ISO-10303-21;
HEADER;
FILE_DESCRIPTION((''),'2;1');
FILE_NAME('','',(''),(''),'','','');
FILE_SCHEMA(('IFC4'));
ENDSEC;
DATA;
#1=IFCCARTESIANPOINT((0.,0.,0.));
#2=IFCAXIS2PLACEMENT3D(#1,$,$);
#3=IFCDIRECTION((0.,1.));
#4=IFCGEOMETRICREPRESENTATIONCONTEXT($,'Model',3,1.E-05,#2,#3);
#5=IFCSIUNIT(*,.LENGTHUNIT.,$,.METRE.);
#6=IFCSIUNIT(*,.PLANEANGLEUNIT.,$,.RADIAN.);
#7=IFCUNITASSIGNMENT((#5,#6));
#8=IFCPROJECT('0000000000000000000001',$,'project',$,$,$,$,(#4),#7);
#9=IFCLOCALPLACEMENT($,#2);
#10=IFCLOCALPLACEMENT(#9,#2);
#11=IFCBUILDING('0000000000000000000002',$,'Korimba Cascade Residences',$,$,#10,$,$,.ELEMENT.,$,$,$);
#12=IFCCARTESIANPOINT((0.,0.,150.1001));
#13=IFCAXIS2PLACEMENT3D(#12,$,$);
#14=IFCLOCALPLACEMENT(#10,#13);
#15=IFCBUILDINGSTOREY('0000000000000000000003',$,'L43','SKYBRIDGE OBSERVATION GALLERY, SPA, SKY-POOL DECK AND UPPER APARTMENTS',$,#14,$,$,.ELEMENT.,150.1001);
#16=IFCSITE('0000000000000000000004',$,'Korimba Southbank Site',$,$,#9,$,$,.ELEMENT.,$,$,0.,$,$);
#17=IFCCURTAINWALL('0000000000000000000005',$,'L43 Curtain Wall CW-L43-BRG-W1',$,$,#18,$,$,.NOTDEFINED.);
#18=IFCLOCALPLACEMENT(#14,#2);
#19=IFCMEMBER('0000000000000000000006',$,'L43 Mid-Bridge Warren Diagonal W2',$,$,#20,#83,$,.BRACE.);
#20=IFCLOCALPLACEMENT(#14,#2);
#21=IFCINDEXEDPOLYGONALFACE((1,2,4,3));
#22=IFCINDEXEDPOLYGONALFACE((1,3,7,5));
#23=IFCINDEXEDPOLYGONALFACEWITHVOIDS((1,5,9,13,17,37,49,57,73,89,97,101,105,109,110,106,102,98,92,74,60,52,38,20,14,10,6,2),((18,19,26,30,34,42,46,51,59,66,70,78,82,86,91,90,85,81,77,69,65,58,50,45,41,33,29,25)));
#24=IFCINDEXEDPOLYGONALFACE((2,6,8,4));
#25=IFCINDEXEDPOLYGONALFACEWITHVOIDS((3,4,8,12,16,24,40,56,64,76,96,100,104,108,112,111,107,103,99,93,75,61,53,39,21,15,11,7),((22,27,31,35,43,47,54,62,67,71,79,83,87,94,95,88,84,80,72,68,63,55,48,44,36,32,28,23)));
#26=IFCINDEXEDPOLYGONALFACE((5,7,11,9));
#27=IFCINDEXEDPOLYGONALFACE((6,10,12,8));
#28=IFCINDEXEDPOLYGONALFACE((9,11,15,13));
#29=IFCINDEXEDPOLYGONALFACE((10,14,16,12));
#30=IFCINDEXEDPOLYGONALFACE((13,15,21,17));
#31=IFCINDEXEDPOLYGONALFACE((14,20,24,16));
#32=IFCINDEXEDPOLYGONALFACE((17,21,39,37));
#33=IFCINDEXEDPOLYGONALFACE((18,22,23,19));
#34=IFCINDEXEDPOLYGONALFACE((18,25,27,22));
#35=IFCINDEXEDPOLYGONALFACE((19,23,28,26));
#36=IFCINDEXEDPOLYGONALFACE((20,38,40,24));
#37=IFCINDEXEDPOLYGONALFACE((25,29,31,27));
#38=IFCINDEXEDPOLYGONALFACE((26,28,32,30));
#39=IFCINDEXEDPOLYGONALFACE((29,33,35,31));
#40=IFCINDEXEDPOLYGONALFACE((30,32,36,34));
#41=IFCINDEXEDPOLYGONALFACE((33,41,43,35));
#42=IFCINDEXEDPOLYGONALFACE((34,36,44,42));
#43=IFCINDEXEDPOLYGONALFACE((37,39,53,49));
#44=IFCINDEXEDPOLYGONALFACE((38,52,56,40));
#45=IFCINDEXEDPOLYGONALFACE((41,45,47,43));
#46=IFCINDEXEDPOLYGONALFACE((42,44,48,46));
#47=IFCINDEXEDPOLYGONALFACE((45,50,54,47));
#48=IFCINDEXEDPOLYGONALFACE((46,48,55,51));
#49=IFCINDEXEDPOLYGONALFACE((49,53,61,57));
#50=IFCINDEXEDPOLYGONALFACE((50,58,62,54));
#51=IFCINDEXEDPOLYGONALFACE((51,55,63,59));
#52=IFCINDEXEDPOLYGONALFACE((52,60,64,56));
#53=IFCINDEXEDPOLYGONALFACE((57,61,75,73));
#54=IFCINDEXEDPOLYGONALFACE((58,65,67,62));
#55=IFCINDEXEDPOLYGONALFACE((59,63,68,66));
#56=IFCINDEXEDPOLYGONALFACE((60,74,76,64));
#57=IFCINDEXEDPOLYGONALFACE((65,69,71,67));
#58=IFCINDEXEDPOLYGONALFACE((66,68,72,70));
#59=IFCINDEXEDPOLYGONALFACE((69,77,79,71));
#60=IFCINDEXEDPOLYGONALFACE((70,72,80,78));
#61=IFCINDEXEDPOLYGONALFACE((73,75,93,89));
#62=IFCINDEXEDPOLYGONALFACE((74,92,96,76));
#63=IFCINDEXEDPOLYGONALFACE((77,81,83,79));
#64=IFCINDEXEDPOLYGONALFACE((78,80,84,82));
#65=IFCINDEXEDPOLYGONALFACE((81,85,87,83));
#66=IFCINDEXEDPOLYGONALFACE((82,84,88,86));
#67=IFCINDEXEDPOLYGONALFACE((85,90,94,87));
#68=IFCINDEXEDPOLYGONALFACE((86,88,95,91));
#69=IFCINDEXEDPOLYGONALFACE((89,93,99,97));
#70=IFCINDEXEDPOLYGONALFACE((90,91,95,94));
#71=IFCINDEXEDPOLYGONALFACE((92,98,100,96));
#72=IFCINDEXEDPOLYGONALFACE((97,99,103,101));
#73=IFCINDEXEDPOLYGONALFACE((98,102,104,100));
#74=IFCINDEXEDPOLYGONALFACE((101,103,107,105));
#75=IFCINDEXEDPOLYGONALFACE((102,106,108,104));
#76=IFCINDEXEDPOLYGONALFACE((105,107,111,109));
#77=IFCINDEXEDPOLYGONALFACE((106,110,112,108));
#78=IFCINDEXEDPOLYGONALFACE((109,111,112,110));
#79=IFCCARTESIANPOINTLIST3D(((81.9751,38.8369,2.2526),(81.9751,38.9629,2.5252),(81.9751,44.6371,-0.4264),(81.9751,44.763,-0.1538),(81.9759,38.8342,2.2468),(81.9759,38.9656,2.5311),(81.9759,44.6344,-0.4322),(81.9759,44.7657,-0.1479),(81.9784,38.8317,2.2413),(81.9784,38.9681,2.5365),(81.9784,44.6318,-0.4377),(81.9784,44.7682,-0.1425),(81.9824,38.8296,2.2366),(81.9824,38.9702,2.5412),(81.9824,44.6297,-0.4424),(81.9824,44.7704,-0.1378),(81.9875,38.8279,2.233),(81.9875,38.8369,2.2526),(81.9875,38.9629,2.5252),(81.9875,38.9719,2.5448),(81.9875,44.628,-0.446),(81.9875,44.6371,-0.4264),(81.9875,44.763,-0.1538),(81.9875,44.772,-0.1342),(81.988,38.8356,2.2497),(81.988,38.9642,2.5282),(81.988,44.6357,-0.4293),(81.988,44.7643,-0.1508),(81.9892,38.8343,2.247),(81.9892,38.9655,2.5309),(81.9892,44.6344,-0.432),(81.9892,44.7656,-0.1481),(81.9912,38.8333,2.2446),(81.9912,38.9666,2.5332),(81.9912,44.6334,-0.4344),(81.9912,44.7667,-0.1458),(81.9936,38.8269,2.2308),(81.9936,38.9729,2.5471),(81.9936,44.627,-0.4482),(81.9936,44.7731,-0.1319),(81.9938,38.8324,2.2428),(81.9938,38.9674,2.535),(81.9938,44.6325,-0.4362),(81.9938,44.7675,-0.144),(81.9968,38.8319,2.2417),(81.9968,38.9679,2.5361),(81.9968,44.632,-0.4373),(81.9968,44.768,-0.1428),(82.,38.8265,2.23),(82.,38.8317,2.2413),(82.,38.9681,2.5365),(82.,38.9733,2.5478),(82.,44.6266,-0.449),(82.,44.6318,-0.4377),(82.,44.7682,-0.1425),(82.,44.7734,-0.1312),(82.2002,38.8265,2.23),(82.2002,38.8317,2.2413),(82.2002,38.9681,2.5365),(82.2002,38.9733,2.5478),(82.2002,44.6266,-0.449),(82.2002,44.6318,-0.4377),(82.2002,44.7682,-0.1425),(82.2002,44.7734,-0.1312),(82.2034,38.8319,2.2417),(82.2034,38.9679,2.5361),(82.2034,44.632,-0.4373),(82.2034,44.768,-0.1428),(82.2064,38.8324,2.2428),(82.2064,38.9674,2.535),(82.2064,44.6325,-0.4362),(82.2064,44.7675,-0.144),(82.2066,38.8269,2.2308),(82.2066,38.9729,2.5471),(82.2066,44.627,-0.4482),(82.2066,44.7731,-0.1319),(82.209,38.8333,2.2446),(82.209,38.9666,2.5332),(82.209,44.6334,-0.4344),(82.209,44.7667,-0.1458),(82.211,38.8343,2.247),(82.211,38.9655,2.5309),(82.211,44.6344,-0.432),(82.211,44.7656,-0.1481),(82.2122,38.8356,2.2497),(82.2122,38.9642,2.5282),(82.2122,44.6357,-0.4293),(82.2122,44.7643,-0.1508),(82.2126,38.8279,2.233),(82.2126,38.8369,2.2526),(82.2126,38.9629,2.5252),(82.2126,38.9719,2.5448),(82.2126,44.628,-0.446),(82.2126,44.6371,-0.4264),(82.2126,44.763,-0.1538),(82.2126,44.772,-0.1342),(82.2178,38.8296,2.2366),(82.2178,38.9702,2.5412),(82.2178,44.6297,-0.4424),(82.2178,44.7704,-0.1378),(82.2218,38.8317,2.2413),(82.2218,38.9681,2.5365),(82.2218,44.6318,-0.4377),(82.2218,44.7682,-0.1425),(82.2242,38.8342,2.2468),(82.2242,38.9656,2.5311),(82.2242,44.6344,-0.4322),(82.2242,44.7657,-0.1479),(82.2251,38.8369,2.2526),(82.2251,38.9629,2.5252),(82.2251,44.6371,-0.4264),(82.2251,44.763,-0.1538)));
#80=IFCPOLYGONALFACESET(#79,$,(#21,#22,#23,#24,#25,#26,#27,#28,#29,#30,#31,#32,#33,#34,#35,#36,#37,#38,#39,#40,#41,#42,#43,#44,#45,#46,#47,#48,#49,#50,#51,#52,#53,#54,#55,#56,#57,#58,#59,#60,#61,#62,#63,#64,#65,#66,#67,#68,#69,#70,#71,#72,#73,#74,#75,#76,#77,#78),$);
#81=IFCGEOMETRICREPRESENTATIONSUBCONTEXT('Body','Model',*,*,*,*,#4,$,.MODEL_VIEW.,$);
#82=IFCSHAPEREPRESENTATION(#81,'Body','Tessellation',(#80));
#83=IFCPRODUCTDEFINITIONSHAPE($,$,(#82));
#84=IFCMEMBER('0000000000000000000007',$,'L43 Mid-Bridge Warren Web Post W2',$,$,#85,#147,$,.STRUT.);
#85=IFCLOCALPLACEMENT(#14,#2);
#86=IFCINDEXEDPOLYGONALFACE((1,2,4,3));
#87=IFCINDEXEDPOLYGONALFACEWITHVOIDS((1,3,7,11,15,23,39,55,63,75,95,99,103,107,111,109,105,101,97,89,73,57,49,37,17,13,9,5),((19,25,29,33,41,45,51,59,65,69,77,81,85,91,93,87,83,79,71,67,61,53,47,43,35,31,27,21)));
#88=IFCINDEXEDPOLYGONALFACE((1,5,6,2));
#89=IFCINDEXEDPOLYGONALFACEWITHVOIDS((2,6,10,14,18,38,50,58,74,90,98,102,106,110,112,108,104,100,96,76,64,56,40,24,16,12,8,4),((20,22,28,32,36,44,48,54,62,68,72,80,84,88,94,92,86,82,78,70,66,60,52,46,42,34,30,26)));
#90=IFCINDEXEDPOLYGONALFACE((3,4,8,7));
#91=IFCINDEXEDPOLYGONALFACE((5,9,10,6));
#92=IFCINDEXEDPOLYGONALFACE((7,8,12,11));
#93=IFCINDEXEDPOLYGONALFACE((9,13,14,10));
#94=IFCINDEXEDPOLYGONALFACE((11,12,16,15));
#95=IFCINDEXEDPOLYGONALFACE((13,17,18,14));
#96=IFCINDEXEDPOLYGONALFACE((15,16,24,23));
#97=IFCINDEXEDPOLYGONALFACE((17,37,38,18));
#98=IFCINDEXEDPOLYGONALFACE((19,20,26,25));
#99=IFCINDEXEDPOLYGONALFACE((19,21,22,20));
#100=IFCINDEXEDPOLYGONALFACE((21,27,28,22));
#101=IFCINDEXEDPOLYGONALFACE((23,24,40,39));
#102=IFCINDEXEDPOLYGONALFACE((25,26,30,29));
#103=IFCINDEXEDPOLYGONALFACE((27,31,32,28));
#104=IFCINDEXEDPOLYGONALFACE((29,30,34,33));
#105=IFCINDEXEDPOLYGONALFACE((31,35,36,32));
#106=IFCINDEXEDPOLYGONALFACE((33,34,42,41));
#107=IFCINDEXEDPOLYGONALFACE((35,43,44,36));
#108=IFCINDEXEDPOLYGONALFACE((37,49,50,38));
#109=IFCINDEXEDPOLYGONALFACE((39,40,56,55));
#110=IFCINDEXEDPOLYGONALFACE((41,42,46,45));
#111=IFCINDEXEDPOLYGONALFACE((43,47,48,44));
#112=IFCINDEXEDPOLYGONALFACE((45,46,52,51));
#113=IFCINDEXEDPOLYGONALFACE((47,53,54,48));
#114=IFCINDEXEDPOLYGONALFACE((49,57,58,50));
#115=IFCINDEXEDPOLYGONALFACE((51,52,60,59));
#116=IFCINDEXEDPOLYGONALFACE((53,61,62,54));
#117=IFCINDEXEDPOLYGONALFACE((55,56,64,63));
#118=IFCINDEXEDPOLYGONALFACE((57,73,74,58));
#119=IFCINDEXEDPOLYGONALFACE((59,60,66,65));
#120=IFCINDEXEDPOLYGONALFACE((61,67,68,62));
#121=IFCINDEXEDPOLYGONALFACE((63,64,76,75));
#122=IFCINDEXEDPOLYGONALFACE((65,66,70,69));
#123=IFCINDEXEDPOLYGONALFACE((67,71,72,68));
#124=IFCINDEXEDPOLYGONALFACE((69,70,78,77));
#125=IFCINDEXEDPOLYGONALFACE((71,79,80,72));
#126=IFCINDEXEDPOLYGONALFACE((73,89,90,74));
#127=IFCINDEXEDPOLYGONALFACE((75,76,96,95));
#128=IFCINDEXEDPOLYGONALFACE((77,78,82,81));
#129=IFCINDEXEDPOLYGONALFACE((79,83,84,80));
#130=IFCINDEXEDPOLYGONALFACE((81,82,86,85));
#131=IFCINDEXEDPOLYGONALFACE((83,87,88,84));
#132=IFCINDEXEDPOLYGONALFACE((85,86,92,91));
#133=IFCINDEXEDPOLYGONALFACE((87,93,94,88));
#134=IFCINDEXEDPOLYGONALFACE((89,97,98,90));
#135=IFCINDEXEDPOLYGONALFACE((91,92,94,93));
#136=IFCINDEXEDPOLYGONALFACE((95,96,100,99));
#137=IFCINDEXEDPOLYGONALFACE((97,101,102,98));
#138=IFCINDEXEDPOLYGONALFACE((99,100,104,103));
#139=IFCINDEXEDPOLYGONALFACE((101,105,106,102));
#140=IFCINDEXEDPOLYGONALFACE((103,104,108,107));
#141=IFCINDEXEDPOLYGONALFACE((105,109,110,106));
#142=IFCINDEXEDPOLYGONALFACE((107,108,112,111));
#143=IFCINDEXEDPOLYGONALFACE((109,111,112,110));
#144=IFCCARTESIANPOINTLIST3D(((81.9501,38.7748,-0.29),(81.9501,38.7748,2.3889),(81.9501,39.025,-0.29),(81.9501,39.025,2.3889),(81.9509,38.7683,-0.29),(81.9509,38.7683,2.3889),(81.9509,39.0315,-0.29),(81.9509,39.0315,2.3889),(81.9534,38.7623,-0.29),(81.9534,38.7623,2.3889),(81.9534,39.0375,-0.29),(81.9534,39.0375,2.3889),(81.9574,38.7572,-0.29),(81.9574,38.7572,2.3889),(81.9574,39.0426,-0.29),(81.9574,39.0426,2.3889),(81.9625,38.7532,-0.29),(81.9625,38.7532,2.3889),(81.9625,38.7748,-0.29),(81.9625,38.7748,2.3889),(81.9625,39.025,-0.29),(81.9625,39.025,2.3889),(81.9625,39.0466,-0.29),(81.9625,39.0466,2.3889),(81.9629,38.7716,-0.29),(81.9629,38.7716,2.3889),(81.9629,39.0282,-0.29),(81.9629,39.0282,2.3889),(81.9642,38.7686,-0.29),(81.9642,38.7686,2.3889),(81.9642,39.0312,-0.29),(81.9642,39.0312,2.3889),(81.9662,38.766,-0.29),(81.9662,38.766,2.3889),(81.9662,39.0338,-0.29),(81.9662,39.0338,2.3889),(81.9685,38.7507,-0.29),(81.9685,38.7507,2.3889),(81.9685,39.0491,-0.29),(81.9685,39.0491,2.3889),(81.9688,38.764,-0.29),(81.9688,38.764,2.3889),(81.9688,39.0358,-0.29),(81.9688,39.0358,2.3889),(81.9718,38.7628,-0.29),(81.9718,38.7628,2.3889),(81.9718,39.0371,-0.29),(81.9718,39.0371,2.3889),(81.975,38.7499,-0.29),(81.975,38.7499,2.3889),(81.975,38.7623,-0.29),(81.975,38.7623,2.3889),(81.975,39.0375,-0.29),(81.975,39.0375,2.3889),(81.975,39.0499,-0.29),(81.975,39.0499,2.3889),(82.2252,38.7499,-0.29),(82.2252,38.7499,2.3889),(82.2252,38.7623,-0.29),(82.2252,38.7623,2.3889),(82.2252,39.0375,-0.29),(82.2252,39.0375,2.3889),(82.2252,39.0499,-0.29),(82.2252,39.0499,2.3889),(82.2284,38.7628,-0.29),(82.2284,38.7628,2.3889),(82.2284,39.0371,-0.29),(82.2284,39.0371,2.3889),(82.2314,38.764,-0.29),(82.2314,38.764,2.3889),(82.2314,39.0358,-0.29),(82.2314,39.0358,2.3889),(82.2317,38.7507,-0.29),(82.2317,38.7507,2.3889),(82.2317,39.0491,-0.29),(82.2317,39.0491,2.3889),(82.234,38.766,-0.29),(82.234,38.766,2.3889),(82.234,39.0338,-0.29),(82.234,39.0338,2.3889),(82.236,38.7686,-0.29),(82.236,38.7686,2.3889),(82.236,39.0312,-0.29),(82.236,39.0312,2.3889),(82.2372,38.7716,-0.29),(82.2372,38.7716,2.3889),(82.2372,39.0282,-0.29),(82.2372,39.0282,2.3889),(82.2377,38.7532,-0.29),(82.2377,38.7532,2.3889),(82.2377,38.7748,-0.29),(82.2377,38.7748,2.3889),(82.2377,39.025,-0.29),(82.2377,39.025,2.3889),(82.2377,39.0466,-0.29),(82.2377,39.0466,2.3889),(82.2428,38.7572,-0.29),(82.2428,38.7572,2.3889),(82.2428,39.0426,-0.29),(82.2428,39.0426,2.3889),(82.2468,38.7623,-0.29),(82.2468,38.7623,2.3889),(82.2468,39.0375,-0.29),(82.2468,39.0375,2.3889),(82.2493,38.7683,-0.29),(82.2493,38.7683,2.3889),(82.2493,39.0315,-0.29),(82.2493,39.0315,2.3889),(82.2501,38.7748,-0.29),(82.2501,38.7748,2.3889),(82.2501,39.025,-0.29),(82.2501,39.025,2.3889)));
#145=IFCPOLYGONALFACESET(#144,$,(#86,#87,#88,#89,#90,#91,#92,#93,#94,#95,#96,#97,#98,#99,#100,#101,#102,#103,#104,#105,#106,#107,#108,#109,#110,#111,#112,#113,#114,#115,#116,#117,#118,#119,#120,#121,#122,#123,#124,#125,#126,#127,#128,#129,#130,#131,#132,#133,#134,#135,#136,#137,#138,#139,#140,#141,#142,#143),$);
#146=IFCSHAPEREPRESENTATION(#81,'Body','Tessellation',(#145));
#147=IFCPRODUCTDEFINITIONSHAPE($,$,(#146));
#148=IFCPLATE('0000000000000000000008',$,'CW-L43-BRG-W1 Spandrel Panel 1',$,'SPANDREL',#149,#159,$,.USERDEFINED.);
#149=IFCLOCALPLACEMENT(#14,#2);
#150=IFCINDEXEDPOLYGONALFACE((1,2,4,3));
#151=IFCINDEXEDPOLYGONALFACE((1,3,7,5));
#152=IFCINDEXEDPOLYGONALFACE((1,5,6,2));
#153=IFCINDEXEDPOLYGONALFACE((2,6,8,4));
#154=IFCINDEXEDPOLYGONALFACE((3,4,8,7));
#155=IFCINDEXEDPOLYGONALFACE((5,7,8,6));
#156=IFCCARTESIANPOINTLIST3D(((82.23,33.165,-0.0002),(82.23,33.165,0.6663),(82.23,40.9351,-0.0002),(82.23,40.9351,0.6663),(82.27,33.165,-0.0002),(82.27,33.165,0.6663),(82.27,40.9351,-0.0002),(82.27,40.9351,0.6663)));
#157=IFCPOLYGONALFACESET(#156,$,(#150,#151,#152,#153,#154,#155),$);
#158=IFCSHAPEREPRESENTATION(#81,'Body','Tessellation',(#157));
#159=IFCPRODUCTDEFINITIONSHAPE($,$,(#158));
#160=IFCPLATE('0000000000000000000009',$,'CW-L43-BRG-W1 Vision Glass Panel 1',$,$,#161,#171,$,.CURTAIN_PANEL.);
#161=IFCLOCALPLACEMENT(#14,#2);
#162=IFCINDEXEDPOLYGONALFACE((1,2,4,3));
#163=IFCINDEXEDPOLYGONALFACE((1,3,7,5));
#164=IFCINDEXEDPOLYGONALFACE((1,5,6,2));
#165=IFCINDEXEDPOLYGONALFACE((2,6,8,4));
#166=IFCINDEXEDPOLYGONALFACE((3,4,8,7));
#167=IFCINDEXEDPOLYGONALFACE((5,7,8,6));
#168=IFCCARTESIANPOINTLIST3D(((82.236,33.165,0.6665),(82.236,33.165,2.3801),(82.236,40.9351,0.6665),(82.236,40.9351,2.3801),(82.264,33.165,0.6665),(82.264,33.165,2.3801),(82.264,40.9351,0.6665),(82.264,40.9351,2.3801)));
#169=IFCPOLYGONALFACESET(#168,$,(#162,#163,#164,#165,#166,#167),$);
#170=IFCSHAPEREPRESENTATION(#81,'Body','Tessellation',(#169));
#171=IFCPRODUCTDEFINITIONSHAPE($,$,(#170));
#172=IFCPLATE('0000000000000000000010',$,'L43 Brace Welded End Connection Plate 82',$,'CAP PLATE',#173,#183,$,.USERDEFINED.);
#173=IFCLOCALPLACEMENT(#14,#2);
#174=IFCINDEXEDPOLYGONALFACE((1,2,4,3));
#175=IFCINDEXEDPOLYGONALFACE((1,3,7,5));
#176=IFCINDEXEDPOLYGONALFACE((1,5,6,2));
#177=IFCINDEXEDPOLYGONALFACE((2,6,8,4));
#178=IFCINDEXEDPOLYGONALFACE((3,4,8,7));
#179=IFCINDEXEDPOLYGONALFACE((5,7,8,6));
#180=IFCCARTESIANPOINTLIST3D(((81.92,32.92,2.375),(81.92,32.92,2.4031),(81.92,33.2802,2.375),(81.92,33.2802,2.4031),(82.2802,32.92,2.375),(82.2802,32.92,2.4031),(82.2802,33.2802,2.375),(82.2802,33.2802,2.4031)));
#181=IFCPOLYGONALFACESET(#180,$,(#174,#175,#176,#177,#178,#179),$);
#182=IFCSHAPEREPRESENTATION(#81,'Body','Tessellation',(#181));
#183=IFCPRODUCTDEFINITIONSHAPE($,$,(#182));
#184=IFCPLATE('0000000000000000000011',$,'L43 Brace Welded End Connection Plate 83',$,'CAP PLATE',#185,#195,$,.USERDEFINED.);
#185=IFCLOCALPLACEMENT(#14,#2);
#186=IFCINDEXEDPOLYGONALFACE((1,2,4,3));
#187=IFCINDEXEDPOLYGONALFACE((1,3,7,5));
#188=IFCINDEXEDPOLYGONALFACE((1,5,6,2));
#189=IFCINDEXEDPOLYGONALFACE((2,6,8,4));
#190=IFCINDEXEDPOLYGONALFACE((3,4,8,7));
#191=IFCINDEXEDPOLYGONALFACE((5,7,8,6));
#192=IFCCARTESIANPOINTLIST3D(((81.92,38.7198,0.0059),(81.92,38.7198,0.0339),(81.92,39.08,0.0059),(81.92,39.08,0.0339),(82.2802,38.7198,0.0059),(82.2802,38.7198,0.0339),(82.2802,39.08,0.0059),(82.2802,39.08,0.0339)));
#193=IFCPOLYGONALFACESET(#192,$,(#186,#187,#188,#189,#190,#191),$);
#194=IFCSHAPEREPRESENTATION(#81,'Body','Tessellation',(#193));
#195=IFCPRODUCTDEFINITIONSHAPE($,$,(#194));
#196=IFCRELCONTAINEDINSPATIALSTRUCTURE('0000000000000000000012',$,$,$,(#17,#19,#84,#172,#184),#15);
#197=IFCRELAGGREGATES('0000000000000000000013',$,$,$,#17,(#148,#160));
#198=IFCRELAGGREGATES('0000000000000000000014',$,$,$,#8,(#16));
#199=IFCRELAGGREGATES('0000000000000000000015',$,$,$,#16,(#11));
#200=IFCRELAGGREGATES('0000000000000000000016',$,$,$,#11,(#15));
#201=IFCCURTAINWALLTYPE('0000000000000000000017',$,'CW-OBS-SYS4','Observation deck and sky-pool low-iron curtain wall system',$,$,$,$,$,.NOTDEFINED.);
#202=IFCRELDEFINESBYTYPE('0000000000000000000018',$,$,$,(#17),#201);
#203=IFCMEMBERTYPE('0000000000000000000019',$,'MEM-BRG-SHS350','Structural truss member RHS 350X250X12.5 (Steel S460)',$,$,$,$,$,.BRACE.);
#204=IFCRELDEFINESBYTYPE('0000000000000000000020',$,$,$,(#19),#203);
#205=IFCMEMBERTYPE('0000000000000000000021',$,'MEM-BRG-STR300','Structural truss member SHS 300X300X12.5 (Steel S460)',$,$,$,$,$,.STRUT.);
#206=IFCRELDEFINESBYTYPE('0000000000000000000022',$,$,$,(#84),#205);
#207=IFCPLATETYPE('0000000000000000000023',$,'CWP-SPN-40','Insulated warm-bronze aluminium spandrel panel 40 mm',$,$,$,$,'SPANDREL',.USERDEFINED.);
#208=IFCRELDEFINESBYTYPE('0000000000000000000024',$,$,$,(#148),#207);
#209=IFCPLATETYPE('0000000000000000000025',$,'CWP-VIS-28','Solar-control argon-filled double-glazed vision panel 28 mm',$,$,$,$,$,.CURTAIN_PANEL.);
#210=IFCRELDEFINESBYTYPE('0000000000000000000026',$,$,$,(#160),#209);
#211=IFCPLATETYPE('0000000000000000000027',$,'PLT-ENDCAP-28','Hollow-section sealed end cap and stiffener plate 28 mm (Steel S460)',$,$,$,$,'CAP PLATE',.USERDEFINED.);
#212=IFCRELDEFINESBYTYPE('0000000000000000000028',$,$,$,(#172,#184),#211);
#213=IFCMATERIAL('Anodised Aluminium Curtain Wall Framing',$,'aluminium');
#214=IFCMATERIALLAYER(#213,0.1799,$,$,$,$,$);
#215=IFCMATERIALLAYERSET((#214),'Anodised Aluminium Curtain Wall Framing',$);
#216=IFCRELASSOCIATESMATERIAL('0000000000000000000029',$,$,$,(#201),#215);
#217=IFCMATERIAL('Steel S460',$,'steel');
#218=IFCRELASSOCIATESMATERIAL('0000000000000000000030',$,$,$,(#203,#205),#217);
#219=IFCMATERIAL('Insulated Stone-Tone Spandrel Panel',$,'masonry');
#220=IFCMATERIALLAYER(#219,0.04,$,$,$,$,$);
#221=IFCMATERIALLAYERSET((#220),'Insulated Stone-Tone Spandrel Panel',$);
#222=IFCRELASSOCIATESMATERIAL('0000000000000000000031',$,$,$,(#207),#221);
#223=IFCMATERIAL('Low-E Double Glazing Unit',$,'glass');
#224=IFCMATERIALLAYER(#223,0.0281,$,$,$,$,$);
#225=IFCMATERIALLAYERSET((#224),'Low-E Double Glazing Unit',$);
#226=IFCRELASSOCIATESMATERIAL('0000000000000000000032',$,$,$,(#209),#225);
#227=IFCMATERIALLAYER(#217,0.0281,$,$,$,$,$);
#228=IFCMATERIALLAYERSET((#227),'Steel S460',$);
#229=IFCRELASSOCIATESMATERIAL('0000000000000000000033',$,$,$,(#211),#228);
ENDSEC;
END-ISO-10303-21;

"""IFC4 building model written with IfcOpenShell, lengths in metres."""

from ifc_helpers import new_model, si_unit, direction, frame, origin, origin_2d, place, context, subcontext, project, spatial, rectangle, hollow_rectangle, extrude, material, layer, layer_set, material_profile, profile_set, type_object, element, aggregate, save


model = new_model("IFC4")

# Units and contexts
model_context = context("Model", 3, precision=1e-05, world=origin(), true_north=direction((0.0, 1.0)))
body_context = subcontext(model_context, "Body", "Model", "MODEL_VIEW")
ifc_project = project(units=[si_unit("LENGTHUNIT", "METRE"), si_unit("PLANEANGLEUNIT", "RADIAN")], contexts=[model_context])

# Site, building, storey
site_placement = place(None, origin())
site = spatial("IfcSite", under=ifc_project, at=site_placement, Name="Korimba Southbank Site", CompositionType="ELEMENT", RefElevation=0.0)
building_placement = place(site_placement, origin())
building = spatial("IfcBuilding", under=site, at=building_placement, Name="Korimba Cascade Residences", CompositionType="ELEMENT")
storey_placement = place(building_placement, frame((0.0, 0.0, 150.1001)))
storey = spatial("IfcBuildingStorey", under=building, at=storey_placement, Name="L43", Description="SKYBRIDGE OBSERVATION GALLERY, SPA, SKY-POOL DECK AND UPPER APARTMENTS", CompositionType="ELEMENT", Elevation=150.1001)

# Curtain wall
ifc_material_1 = material(Name="Anodised Aluminium Curtain Wall Framing", Category="aluminium")
ifc_layer_1 = layer(ifc_material_1, 0.1799)
ifc_layer_set_1 = layer_set([ifc_layer_1], Name="Anodised Aluminium Curtain Wall Framing")
curtain_wall_type = type_object("IfcCurtainWallType", Name="CW-OBS-SYS4", Description="Observation deck and sky-pool low-iron curtain wall system", PredefinedType="NOTDEFINED", material=ifc_layer_set_1)
curtain_wall_placement = place(storey_placement, origin())
curtain_wall = element("IfcCurtainWall", 1, at=curtain_wall_placement, inside=storey, type_object=curtain_wall_type, Name="L43 Curtain Wall CW-L43-BRG-W1", PredefinedType="NOTDEFINED")

# Members
ifc_material_2 = material(Name="Steel S460", Category="steel")
ifc_material_profile_1 = material_profile(ifc_material_2, hollow_rectangle(XDim=0.25, YDim=0.3501, WallThickness=0.0125, InnerFilletRadius=0.0125, OuterFilletRadius=0.0249, at=origin_2d()), Name="Steel S460")
ifc_profile_set_1 = profile_set([ifc_material_profile_1], Name="Steel S460")
member_type_1 = type_object("IfcMemberType", Name="MEM-BRG-SHS350", Description="Structural truss member RHS 350X250X12.5 (Steel S460)", PredefinedType="BRACE", material=ifc_profile_set_1)
member_1_placement = place(storey_placement, frame((82.1001, 38.8999, 2.3889), z_axis=(0.0, 0.90784, -0.419317), x_axis=(-1.0, 0.0, 0.0)))
element("IfcMember", 2, at=member_1_placement, inside=storey, type_object=member_type_1, Name="L43 Mid-Bridge Warren Diagonal W2", PredefinedType="BRACE", context=body_context, shape_type="SweptSolid", body=[
    extrude(hollow_rectangle(XDim=0.25, YDim=0.3501, WallThickness=0.0125, InnerFilletRadius=0.0125, OuterFilletRadius=0.0249, at=origin_2d()), origin(), (0.0, 0.0, 1.0), 6.3889),
])
ifc_material_profile_2 = material_profile(ifc_material_2, hollow_rectangle(XDim=0.3, YDim=0.3, WallThickness=0.0125, InnerFilletRadius=0.0125, OuterFilletRadius=0.0249, at=origin_2d()), Name="Steel S460")
ifc_profile_set_2 = profile_set([ifc_material_profile_2], Name="Steel S460")
member_type_2 = type_object("IfcMemberType", Name="MEM-BRG-STR300", Description="Structural truss member SHS 300X300X12.5 (Steel S460)", PredefinedType="STRUT", material=ifc_profile_set_2)
member_2_placement = place(storey_placement, frame((82.1001, 38.8999, -0.29), z_axis=(0.0, 0.0, 1.0), x_axis=(1.0, 0.0, 0.0)))
element("IfcMember", 3, at=member_2_placement, inside=storey, type_object=member_type_2, Name="L43 Mid-Bridge Warren Web Post W2", PredefinedType="STRUT", context=body_context, shape_type="SweptSolid", body=[
    extrude(hollow_rectangle(XDim=0.3, YDim=0.3, WallThickness=0.0125, InnerFilletRadius=0.0125, OuterFilletRadius=0.0249, at=origin_2d()), origin(), (0.0, 0.0, 1.0), 2.679),
])

# Plates
ifc_material_3 = material(Name="Insulated Stone-Tone Spandrel Panel", Category="masonry")
ifc_layer_2 = layer(ifc_material_3, 0.04)
ifc_layer_set_2 = layer_set([ifc_layer_2], Name="Insulated Stone-Tone Spandrel Panel")
plate_type_1 = type_object("IfcPlateType", Name="CWP-SPN-40", Description="Insulated warm-bronze aluminium spandrel panel 40 mm", ElementType="SPANDREL", PredefinedType="USERDEFINED", material=ifc_layer_set_2)
plate_1_placement = place(storey_placement, frame((82.25, 37.05, -0.0002), z_axis=(0.0, 0.0, 1.0), x_axis=(0.0, 1.0, 0.0)))
plate_1 = element("IfcPlate", 4, at=plate_1_placement, type_object=plate_type_1, Name="CW-L43-BRG-W1 Spandrel Panel 1", ObjectType="SPANDREL", PredefinedType="USERDEFINED", context=body_context, shape_type="SweptSolid", body=[
    extrude(rectangle(XDim=7.77, YDim=0.04, at=origin_2d()), origin(), (0.0, 0.0, 1.0), 0.6665),
])
ifc_material_4 = material(Name="Low-E Double Glazing Unit", Category="glass")
ifc_layer_3 = layer(ifc_material_4, 0.0281)
ifc_layer_set_3 = layer_set([ifc_layer_3], Name="Low-E Double Glazing Unit")
plate_type_2 = type_object("IfcPlateType", Name="CWP-VIS-28", Description="Solar-control argon-filled double-glazed vision panel 28 mm", PredefinedType="CURTAIN_PANEL", material=ifc_layer_set_3)
plate_2_placement = place(storey_placement, frame((82.25, 37.05, 0.6665), z_axis=(0.0, 0.0, 1.0), x_axis=(0.0, 1.0, 0.0)))
plate_2 = element("IfcPlate", 5, at=plate_2_placement, type_object=plate_type_2, Name="CW-L43-BRG-W1 Vision Glass Panel 1", PredefinedType="CURTAIN_PANEL", context=body_context, shape_type="SweptSolid", body=[
    extrude(rectangle(XDim=7.77, YDim=0.0281, at=origin_2d()), origin(), (0.0, 0.0, 1.0), 1.7136),
])
aggregate(curtain_wall, [plate_1, plate_2])

# Plates
ifc_layer_4 = layer(ifc_material_2, 0.0281)
ifc_layer_set_4 = layer_set([ifc_layer_4], Name="Steel S460")
plate_type_3 = type_object("IfcPlateType", Name="PLT-ENDCAP-28", Description="Hollow-section sealed end cap and stiffener plate 28 mm (Steel S460)", ElementType="CAP PLATE", PredefinedType="USERDEFINED", material=ifc_layer_set_4)
for number, where, z_axis, x_axis, name in (
    (6, (82.1001, 33.1001, 2.375), (0.0, 0.0, 1.0), (1.0, 0.0, 0.0), "L43 Brace Welded End Connection Plate 82"),
    (7, (82.1001, 38.8999, 0.0059), (0.0, 0.0, 1.0), (1.0, 0.0, 0.0), "L43 Brace Welded End Connection Plate 83"),
):
    element("IfcPlate", number, at=place(storey_placement, frame(where, z_axis=z_axis, x_axis=x_axis)), inside=storey, type_object=plate_type_3, Name=name, ObjectType="CAP PLATE", PredefinedType="USERDEFINED", context=body_context, shape_type="SweptSolid", body=[
        extrude(rectangle(XDim=0.3601, YDim=0.3601, at=origin_2d()), origin(), (0.0, 0.0, 1.0), 0.0281),
    ])

save(model, "model.ifc")
